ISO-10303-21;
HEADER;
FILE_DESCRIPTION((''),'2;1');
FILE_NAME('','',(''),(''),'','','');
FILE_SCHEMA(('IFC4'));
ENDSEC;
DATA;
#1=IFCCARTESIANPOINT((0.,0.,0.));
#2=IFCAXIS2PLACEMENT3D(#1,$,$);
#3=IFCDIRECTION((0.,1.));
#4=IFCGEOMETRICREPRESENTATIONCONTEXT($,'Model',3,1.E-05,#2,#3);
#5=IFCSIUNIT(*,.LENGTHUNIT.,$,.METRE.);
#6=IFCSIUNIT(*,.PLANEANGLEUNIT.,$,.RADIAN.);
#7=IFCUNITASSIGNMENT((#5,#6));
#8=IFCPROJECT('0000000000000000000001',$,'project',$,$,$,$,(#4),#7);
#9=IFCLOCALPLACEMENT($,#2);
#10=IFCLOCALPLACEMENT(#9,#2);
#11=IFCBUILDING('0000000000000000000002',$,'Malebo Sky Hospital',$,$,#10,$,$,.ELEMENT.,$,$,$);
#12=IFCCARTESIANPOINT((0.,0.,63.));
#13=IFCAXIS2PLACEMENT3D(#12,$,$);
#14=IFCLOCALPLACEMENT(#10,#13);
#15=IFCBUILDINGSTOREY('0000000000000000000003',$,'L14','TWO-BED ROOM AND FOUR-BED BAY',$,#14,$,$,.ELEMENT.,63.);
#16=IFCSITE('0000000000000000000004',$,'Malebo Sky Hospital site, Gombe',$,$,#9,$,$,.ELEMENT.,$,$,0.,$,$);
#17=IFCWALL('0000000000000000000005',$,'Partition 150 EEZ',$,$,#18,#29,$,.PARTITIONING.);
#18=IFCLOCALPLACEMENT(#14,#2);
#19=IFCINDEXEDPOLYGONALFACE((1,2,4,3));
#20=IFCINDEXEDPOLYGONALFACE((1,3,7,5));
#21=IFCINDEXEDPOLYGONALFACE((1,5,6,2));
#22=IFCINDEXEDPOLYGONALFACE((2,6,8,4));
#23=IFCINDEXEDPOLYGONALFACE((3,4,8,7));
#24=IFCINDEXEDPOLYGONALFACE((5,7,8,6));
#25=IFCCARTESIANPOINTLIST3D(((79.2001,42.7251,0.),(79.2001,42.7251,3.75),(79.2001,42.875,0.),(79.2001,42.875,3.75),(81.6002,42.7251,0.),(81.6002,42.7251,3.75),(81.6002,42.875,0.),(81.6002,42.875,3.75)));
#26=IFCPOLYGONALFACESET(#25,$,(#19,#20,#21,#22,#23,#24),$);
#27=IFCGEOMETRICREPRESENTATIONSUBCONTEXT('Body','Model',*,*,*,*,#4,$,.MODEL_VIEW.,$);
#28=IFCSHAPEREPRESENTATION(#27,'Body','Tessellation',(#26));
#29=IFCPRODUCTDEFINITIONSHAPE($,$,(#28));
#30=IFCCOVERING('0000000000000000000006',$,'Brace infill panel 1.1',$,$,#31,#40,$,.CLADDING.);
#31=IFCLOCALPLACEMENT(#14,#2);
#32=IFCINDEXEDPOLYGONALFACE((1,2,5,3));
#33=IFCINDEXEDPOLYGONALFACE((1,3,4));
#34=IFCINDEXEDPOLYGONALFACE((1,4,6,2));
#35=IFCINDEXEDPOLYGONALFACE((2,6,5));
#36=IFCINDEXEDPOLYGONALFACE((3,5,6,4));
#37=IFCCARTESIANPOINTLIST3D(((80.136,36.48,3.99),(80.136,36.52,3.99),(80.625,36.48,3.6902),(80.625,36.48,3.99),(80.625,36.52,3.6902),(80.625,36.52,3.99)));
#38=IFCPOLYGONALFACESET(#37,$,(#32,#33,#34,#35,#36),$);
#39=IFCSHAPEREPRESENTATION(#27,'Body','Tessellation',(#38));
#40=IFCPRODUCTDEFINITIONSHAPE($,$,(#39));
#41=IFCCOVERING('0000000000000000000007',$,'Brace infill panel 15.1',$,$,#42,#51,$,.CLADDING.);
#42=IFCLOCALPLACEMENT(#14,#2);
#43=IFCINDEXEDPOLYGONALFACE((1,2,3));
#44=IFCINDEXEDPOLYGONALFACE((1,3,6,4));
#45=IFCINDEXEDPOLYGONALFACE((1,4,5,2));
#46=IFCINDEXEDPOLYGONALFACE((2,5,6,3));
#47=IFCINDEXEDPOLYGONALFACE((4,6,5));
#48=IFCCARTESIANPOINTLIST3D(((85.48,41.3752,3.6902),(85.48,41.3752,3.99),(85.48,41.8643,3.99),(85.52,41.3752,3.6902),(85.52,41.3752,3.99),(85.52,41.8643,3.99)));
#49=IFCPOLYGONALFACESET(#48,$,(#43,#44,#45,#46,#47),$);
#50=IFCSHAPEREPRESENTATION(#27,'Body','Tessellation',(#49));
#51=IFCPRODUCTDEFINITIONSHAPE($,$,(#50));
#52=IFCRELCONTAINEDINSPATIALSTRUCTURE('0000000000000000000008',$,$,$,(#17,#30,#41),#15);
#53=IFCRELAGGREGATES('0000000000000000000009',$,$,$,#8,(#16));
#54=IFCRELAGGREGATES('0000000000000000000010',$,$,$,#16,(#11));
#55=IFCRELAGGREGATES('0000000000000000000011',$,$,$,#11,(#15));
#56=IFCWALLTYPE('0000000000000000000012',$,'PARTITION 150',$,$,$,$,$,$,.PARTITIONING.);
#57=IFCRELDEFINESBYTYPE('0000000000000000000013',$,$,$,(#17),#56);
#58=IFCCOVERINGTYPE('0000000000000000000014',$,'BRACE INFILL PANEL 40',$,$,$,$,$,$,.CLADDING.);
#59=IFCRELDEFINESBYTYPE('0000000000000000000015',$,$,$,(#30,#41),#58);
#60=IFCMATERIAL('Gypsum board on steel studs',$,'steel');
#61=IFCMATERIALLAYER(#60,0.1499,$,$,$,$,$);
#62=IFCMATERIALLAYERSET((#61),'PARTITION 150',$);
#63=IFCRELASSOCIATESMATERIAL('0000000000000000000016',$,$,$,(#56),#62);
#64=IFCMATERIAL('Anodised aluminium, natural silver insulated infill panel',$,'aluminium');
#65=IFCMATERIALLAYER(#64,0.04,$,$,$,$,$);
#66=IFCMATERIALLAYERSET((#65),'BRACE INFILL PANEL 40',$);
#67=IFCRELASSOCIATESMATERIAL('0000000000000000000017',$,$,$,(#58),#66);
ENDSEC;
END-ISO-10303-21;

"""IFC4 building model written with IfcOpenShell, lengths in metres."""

from ifc_helpers import new_model, si_unit, direction, frame, frame_2d, origin, place, context, subcontext, project, spatial, polyline, rectangle, outline, extrude, material, layer, layer_set, type_object, element, save


model = new_model("IFC4")

# Units and contexts
model_context = context("Model", 3, precision=1e-05, world=origin(), true_north=direction((0.0, 1.0)))
body_context = subcontext(model_context, "Body", "Model", "MODEL_VIEW")
ifc_project = project(units=[si_unit("LENGTHUNIT", "METRE"), si_unit("PLANEANGLEUNIT", "RADIAN")], contexts=[model_context])

# Site, building, storey
site_placement = place(None, origin())
site = spatial("IfcSite", under=ifc_project, at=site_placement, Name="Malebo Sky Hospital site, Gombe", CompositionType="ELEMENT", RefElevation=0.0)
building_placement = place(site_placement, origin())
building = spatial("IfcBuilding", under=site, at=building_placement, Name="Malebo Sky Hospital", CompositionType="ELEMENT")
storey_placement = place(building_placement, frame((0.0, 0.0, 63.0)))
storey = spatial("IfcBuildingStorey", under=building, at=storey_placement, Name="L14", Description="TWO-BED ROOM AND FOUR-BED BAY", CompositionType="ELEMENT", Elevation=63.0)

# Shared definitions
ifc_material_1 = material(Name="Gypsum board on steel studs", Category="steel")

# Shared definitions
ifc_layer_1 = layer(ifc_material_1, 0.1499)
ifc_layer_set_1 = layer_set([ifc_layer_1], Name="PARTITION 150")
wall_type_1 = type_object("IfcWallType", Name="PARTITION 150", PredefinedType="PARTITIONING", material=ifc_layer_set_1)

# Wall
for number, where, z_axis, x_axis, name in (
    (1, (79.2, 42.8, 0.0), (0.0, 0.0, 1.0), (1.0, 0.0, 0.0), "Partition 150 EEZ"),
):
    element("IfcWall", number, at=place(storey_placement, frame(where, z_axis=z_axis, x_axis=x_axis)), inside=storey, type_object=wall_type_1, Name=name, PredefinedType="PARTITIONING", context=body_context, shape_type="SweptSolid", body=[
        extrude(rectangle(XDim=2.4001, YDim=0.1499, at=frame_2d((1.2002, 0.0))), origin(), (0.0, 0.0, 1.0), 3.75),
    ])

# Coverings
ifc_material_2 = material(Name="Anodised aluminium, natural silver insulated infill panel", Category="aluminium")
ifc_layer_2 = layer(ifc_material_2, 0.04)
ifc_layer_set_2 = layer_set([ifc_layer_2], Name="BRACE INFILL PANEL 40")
covering_type = type_object("IfcCoveringType", Name="BRACE INFILL PANEL 40", PredefinedType="CLADDING", material=ifc_layer_set_2)
covering_1_placement = place(storey_placement, frame((80.3804, 36.5, 3.6902), z_axis=(0.0, 0.0, 1.0), x_axis=(-1.0, 0.0, 0.0)))
element("IfcCovering", 2, at=covering_1_placement, inside=storey, type_object=covering_type, Name="Brace infill panel 1.1", PredefinedType="CLADDING", context=body_context, shape_type="SweptSolid", body=[
    extrude(outline(polyline([(-0.2446, 0.0), (0.2444, 0.2998), (-0.2446, 0.2998), (-0.2446, 0.0)])), frame((0.0, 0.02, 0.0), z_axis=(0.0, -1.0, 0.0), x_axis=(1.0, 0.0, 0.0)), (0.0, 0.0, 1.0), 0.04),
])
covering_2_placement = place(storey_placement, frame((85.5, 41.6196, 3.6902), z_axis=(0.0, 0.0, 1.0), x_axis=(0.0, -1.0, 0.0)))
element("IfcCovering", 3, at=covering_2_placement, inside=storey, type_object=covering_type, Name="Brace infill panel 15.1", PredefinedType="CLADDING", context=body_context, shape_type="SweptSolid", body=[
    extrude(outline(polyline([(0.2444, 0.0), (0.2444, 0.2998), (-0.2446, 0.2998), (0.2444, 0.0)])), frame((0.0, 0.02, 0.0), z_axis=(0.0, -1.0, 0.0), x_axis=(1.0, 0.0, 0.0)), (0.0, 0.0, 1.0), 0.04),
])

save(model, "model.ifc")
